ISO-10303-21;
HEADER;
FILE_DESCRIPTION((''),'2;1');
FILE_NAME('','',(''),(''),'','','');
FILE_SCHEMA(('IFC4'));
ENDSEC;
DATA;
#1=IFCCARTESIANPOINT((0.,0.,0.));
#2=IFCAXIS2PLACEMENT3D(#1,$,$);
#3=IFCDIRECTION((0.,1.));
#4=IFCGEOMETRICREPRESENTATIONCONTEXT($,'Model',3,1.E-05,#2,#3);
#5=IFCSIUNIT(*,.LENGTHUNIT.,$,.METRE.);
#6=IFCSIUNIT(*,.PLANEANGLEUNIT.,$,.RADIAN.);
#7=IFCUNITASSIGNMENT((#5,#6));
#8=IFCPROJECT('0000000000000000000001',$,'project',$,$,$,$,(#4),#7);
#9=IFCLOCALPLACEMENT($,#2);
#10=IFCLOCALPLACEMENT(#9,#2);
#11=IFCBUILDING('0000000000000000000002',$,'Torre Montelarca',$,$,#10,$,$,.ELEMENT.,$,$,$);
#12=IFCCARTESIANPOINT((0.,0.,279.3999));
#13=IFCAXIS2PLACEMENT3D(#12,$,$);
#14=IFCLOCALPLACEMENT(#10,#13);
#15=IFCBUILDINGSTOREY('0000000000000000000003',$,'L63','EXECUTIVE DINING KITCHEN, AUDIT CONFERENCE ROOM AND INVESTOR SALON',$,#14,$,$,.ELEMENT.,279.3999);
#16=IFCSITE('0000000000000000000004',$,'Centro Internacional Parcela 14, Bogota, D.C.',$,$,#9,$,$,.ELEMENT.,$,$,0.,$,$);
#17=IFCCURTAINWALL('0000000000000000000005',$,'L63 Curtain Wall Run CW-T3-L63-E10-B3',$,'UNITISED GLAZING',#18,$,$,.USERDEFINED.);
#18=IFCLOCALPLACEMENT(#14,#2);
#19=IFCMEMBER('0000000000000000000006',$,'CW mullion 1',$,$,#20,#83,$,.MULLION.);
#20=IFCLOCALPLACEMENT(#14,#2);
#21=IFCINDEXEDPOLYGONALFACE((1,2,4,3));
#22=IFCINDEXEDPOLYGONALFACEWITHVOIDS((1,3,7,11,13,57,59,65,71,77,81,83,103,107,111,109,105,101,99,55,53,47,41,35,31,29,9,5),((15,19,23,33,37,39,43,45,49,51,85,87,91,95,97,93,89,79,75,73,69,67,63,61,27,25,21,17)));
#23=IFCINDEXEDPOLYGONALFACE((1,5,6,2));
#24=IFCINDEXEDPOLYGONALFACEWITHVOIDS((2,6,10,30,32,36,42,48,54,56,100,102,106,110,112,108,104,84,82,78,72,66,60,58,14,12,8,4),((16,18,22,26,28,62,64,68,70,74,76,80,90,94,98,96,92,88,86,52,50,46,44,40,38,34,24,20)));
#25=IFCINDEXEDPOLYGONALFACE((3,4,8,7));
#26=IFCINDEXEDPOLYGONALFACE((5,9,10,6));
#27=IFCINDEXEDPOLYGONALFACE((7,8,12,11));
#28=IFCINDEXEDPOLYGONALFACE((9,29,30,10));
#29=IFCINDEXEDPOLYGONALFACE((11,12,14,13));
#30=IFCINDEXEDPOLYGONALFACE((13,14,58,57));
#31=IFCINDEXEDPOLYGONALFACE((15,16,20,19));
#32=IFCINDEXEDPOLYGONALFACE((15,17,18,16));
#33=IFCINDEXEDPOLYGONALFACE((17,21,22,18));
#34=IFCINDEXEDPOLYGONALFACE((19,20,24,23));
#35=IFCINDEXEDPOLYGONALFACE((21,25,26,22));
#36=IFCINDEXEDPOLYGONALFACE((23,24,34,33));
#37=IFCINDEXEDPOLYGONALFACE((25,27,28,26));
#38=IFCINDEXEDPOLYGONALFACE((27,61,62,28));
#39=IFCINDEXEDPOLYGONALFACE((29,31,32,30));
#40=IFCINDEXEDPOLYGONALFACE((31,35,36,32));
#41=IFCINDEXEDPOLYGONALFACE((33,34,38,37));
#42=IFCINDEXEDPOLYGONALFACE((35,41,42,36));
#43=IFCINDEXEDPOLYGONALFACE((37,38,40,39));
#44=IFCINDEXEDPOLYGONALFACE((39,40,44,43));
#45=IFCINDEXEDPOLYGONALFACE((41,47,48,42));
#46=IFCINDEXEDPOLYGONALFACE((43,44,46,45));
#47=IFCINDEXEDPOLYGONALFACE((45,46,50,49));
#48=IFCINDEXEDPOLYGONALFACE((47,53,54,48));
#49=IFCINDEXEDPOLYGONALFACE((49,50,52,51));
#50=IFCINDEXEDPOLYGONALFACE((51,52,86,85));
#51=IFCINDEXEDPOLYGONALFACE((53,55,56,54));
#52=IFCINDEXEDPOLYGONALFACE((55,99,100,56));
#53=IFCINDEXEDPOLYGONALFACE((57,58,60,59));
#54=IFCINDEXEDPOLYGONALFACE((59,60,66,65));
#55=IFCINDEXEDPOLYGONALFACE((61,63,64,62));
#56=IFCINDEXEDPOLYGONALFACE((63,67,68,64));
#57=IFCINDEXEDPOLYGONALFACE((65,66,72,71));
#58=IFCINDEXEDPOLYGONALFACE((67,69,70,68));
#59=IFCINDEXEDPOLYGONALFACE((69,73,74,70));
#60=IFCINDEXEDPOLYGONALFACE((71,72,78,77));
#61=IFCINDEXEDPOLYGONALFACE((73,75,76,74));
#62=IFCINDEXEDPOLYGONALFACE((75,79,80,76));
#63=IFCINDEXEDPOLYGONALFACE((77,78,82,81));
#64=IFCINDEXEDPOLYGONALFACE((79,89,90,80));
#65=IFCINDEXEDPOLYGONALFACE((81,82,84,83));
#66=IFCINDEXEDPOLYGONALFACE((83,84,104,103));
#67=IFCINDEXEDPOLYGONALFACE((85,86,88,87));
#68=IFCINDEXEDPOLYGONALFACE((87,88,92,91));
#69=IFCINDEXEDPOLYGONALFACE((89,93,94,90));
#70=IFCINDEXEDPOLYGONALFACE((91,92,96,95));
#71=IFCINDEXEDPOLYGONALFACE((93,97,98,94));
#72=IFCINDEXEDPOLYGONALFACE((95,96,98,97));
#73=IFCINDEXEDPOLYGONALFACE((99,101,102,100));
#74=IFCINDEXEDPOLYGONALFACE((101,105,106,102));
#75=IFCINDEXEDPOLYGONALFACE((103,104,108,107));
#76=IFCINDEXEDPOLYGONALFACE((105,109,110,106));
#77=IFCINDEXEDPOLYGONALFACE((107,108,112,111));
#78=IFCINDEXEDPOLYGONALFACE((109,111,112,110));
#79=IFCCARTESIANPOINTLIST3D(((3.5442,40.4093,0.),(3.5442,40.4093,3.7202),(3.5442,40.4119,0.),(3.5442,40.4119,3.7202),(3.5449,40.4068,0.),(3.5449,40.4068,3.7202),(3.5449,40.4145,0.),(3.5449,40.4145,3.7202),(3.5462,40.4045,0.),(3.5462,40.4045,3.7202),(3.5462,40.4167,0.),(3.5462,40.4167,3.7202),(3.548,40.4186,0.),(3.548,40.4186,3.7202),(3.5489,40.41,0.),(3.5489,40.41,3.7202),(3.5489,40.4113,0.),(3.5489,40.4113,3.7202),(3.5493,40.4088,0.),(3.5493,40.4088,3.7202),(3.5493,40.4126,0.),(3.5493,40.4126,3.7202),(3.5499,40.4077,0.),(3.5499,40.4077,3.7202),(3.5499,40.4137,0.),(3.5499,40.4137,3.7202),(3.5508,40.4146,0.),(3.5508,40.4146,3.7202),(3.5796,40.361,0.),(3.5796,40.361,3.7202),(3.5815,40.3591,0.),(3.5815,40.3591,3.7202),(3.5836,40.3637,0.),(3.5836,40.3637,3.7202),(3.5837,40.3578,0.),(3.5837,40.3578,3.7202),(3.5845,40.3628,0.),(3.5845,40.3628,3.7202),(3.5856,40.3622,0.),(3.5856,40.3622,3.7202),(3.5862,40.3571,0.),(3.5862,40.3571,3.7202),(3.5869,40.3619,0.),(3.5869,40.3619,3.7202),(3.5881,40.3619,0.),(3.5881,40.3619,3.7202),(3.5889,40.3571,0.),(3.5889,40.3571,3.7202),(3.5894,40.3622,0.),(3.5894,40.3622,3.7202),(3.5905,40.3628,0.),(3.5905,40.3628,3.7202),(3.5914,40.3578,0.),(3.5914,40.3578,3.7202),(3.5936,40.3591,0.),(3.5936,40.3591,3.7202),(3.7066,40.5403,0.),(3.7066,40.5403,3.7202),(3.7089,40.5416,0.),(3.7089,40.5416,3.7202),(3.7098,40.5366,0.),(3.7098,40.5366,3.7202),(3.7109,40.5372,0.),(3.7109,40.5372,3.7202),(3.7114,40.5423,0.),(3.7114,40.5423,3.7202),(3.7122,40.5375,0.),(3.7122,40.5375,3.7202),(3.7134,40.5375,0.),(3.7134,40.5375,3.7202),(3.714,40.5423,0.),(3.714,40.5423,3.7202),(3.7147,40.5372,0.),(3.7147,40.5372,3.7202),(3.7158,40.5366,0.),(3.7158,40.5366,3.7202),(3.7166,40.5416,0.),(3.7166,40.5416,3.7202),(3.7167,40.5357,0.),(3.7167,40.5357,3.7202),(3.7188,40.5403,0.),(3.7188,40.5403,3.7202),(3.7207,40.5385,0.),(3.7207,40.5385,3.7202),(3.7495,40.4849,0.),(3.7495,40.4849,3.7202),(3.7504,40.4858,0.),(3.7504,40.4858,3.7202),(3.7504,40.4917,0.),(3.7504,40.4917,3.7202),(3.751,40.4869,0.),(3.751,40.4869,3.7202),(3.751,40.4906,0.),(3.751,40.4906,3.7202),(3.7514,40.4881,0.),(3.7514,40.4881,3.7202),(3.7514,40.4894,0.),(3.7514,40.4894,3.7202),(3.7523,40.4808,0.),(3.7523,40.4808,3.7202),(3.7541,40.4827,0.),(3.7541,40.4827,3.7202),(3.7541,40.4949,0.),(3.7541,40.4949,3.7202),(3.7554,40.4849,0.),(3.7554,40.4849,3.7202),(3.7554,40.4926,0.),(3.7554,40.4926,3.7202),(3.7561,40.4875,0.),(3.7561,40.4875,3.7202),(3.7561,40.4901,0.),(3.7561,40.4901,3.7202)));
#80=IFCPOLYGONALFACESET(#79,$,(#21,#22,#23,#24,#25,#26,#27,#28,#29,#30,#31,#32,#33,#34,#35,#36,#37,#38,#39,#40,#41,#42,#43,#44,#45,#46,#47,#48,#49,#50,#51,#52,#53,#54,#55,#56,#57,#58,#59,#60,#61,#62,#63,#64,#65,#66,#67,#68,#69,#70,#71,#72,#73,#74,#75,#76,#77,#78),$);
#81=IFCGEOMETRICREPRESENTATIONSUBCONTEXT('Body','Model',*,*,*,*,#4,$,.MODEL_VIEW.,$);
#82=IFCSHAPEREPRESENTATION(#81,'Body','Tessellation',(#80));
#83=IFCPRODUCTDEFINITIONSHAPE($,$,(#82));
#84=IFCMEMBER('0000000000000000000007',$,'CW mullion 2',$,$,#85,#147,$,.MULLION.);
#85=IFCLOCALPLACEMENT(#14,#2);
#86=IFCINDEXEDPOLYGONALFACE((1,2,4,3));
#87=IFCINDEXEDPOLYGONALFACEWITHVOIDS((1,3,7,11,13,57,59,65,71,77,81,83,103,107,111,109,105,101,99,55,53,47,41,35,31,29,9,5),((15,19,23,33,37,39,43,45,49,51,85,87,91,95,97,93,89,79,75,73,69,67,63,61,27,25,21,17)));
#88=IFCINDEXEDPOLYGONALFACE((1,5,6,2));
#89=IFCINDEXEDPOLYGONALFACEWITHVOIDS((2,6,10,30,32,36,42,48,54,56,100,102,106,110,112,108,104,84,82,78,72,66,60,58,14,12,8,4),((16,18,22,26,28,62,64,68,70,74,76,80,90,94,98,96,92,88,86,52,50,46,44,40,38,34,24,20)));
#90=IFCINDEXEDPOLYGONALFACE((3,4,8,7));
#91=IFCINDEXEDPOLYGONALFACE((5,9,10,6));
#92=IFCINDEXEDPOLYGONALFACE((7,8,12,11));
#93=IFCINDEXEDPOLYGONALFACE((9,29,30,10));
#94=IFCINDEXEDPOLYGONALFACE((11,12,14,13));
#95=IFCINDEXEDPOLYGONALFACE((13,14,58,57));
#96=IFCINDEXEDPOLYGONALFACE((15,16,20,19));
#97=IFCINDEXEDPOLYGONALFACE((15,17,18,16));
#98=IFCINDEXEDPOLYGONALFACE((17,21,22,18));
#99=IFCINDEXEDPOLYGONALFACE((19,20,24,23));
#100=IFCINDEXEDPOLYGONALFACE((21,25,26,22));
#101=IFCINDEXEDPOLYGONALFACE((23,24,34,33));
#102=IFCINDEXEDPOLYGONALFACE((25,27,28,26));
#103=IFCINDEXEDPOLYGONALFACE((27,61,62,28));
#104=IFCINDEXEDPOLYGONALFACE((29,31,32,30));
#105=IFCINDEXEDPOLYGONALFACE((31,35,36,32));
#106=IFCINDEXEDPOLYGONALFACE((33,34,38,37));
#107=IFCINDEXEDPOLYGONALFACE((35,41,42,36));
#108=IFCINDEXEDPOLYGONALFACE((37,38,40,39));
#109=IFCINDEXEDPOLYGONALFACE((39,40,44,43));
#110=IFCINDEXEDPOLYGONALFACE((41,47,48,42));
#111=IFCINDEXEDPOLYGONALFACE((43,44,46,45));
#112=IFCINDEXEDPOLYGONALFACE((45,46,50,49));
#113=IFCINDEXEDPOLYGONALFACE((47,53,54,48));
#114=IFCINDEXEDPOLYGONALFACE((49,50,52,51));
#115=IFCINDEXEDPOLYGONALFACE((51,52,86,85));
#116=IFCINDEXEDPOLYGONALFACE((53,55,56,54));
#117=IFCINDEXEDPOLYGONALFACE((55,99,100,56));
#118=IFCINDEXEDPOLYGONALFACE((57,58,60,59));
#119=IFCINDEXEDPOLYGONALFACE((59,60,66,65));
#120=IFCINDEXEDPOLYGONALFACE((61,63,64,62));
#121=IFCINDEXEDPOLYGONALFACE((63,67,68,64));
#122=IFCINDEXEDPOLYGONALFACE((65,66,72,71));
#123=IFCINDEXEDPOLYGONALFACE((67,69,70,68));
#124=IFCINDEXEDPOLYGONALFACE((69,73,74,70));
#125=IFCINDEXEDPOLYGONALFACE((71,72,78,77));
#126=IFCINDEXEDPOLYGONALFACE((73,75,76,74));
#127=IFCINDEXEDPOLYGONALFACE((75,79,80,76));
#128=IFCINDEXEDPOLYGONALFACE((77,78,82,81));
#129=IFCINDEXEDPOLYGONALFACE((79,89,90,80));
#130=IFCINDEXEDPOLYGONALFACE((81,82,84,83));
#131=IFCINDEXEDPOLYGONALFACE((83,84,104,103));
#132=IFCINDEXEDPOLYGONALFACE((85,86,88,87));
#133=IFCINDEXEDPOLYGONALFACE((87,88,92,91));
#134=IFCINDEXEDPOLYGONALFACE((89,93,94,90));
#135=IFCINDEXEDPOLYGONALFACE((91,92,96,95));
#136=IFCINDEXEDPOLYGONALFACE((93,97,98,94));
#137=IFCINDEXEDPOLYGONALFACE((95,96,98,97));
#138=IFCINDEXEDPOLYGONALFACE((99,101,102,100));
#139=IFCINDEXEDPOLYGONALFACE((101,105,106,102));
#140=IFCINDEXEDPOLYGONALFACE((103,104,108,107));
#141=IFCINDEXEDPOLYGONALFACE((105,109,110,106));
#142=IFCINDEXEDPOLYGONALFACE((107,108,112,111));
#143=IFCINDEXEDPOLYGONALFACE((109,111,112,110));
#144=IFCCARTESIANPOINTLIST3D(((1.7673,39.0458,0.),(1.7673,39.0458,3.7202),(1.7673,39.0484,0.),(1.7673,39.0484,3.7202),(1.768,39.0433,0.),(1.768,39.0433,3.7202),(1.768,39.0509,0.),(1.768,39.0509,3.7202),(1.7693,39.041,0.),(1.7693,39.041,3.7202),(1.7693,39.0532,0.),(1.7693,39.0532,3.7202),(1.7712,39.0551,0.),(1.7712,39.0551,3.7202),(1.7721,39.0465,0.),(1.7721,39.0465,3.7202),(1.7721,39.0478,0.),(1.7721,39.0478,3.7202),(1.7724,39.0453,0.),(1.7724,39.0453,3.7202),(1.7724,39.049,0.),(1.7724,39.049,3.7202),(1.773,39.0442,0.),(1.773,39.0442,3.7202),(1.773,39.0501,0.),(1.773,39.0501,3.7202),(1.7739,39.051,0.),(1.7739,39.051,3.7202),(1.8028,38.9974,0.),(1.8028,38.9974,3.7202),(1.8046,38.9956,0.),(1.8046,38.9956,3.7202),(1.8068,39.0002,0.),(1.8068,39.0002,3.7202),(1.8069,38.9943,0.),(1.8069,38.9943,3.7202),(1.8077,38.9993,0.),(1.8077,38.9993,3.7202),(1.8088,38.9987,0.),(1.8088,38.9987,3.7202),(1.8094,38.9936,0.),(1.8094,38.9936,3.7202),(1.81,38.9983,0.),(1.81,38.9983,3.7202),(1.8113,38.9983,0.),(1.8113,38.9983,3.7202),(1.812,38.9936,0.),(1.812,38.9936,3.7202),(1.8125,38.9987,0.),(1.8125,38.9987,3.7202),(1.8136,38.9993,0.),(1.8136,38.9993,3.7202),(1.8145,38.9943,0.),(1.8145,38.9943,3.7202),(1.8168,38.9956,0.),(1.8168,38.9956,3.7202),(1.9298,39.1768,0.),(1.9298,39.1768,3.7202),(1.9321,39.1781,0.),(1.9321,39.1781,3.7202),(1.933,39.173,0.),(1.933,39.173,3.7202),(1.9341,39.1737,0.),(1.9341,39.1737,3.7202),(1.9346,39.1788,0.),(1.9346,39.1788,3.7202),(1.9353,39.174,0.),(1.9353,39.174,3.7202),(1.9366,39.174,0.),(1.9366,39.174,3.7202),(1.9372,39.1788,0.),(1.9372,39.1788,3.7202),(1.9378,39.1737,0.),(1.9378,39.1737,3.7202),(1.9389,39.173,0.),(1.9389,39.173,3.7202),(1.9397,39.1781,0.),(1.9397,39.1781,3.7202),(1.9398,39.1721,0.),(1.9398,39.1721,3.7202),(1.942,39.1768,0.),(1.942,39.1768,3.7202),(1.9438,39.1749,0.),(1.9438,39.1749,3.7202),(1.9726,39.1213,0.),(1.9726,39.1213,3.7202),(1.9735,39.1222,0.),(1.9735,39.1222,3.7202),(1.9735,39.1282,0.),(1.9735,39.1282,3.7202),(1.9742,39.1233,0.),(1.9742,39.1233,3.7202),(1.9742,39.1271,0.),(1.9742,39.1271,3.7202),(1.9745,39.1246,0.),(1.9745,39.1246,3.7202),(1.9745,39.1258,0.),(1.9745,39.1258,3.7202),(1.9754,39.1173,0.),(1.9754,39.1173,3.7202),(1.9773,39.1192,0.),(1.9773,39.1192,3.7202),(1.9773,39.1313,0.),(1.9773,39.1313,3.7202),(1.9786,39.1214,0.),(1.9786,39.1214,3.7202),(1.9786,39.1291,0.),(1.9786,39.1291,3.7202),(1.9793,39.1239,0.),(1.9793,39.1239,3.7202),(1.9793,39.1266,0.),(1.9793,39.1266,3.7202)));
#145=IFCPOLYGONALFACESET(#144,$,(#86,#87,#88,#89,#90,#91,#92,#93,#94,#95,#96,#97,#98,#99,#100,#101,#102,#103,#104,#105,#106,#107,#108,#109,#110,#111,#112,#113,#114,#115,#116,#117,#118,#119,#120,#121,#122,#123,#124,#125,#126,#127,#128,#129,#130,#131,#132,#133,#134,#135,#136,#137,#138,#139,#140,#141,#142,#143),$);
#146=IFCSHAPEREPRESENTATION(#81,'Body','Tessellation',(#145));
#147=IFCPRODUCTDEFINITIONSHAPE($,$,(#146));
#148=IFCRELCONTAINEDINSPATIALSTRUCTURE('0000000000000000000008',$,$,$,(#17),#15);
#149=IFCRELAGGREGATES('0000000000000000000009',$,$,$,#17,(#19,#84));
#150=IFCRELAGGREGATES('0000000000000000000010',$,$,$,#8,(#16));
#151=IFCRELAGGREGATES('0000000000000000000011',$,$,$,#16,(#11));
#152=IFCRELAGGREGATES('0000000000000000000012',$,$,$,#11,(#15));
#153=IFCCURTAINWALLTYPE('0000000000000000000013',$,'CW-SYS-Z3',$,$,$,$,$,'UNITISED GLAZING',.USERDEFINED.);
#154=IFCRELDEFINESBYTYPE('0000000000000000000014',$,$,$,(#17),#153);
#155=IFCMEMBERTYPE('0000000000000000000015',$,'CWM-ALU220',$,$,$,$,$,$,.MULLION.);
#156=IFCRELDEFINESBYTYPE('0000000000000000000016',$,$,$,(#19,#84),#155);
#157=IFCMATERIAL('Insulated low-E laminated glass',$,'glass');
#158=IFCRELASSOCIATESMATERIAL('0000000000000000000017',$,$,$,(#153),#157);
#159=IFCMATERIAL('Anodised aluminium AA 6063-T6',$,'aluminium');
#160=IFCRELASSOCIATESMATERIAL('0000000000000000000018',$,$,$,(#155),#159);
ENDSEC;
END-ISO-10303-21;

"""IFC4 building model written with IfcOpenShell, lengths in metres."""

from ifc_helpers import new_model, si_unit, direction, frame, origin, origin_2d, place, context, subcontext, project, spatial, hollow_rectangle, extrude, source, transform, mapped, material, material_profile, profile_set, type_object, element, aggregate, save


model = new_model("IFC4")

# Units and contexts
model_context = context("Model", 3, precision=1e-05, world=origin(), true_north=direction((0.0, 1.0)))
body_context = subcontext(model_context, "Body", "Model", "MODEL_VIEW")
ifc_project = project(units=[si_unit("LENGTHUNIT", "METRE"), si_unit("PLANEANGLEUNIT", "RADIAN")], contexts=[model_context])

# Site, building, storey
site_placement = place(None, origin())
site = spatial("IfcSite", under=ifc_project, at=site_placement, Name="Centro Internacional Parcela 14, Bogota, D.C.", CompositionType="ELEMENT", RefElevation=0.0)
building_placement = place(site_placement, origin())
building = spatial("IfcBuilding", under=site, at=building_placement, Name="Torre Montelarca", CompositionType="ELEMENT")
storey_placement = place(building_placement, frame((0.0, 0.0, 279.3999)))
storey = spatial("IfcBuildingStorey", under=building, at=storey_placement, Name="L63", Description="EXECUTIVE DINING KITCHEN, AUDIT CONFERENCE ROOM AND INVESTOR SALON", CompositionType="ELEMENT", Elevation=279.3999)

# Curtain wall, members
ifc_material_1 = material(Name="Insulated low-E laminated glass", Category="glass")
curtain_wall_type = type_object("IfcCurtainWallType", Name="CW-SYS-Z3", ElementType="UNITISED GLAZING", PredefinedType="USERDEFINED", material=ifc_material_1)
ifc_material_2 = material(Name="Anodised aluminium AA 6063-T6", Category="aluminium")
ifc_material_profile_1 = material_profile(ifc_material_2, hollow_rectangle(XDim=0.075, YDim=0.22, WallThickness=0.0049, InnerFilletRadius=0.0049, OuterFilletRadius=0.01, at=origin_2d()), Name="ALU75X220X5", Category="aluminium")
ifc_profile_set_1 = profile_set([ifc_material_profile_1], Name="Anodised aluminium AA 6063-T6")
member_type_1 = type_object("IfcMemberType", Name="CWM-ALU220", PredefinedType="MULLION", material=ifc_profile_set_1)
shared_shape_1 = source(origin(), body_context, "Body", "SweptSolid", [
    extrude(hollow_rectangle(XDim=0.075, YDim=0.22, WallThickness=0.0049, InnerFilletRadius=0.0049, OuterFilletRadius=0.01, at=origin_2d()), origin(), (0.0, 0.0, 1.0), 3.7202),
])
curtain_wall_1_placement = place(storey_placement, origin())
curtain_wall_1 = element("IfcCurtainWall", 1, at=curtain_wall_1_placement, inside=storey, type_object=curtain_wall_type, Name="L63 Curtain Wall Run CW-T3-L63-E10-B3", ObjectType="UNITISED GLAZING", PredefinedType="USERDEFINED")
member_1_placement = place(storey_placement, frame((3.6501, 40.4497, 0.0), z_axis=(0.0, 0.0, 1.0), x_axis=(0.608757, -0.793356, 0.0)))
member_1 = element("IfcMember", 2, at=member_1_placement, type_object=member_type_1, Name="CW mullion 1", PredefinedType="MULLION", context=body_context, shape_type="MappedRepresentation", body=[
    mapped(shared_shape_1, transform((0.0, 0.0, 0.0), scale=1.0)),
])
member_2_placement = place(storey_placement, frame((1.8733, 39.0862, 0.0), z_axis=(0.0, 0.0, 1.0), x_axis=(0.608757, -0.793356, 0.0)))
member_2 = element("IfcMember", 3, at=member_2_placement, type_object=member_type_1, Name="CW mullion 2", PredefinedType="MULLION", context=body_context, shape_type="MappedRepresentation", body=[
    mapped(shared_shape_1, transform((0.0, 0.0, 0.0), scale=1.0)),
])

aggregate(curtain_wall_1, [member_1, member_2])

save(model, "model.ifc")
